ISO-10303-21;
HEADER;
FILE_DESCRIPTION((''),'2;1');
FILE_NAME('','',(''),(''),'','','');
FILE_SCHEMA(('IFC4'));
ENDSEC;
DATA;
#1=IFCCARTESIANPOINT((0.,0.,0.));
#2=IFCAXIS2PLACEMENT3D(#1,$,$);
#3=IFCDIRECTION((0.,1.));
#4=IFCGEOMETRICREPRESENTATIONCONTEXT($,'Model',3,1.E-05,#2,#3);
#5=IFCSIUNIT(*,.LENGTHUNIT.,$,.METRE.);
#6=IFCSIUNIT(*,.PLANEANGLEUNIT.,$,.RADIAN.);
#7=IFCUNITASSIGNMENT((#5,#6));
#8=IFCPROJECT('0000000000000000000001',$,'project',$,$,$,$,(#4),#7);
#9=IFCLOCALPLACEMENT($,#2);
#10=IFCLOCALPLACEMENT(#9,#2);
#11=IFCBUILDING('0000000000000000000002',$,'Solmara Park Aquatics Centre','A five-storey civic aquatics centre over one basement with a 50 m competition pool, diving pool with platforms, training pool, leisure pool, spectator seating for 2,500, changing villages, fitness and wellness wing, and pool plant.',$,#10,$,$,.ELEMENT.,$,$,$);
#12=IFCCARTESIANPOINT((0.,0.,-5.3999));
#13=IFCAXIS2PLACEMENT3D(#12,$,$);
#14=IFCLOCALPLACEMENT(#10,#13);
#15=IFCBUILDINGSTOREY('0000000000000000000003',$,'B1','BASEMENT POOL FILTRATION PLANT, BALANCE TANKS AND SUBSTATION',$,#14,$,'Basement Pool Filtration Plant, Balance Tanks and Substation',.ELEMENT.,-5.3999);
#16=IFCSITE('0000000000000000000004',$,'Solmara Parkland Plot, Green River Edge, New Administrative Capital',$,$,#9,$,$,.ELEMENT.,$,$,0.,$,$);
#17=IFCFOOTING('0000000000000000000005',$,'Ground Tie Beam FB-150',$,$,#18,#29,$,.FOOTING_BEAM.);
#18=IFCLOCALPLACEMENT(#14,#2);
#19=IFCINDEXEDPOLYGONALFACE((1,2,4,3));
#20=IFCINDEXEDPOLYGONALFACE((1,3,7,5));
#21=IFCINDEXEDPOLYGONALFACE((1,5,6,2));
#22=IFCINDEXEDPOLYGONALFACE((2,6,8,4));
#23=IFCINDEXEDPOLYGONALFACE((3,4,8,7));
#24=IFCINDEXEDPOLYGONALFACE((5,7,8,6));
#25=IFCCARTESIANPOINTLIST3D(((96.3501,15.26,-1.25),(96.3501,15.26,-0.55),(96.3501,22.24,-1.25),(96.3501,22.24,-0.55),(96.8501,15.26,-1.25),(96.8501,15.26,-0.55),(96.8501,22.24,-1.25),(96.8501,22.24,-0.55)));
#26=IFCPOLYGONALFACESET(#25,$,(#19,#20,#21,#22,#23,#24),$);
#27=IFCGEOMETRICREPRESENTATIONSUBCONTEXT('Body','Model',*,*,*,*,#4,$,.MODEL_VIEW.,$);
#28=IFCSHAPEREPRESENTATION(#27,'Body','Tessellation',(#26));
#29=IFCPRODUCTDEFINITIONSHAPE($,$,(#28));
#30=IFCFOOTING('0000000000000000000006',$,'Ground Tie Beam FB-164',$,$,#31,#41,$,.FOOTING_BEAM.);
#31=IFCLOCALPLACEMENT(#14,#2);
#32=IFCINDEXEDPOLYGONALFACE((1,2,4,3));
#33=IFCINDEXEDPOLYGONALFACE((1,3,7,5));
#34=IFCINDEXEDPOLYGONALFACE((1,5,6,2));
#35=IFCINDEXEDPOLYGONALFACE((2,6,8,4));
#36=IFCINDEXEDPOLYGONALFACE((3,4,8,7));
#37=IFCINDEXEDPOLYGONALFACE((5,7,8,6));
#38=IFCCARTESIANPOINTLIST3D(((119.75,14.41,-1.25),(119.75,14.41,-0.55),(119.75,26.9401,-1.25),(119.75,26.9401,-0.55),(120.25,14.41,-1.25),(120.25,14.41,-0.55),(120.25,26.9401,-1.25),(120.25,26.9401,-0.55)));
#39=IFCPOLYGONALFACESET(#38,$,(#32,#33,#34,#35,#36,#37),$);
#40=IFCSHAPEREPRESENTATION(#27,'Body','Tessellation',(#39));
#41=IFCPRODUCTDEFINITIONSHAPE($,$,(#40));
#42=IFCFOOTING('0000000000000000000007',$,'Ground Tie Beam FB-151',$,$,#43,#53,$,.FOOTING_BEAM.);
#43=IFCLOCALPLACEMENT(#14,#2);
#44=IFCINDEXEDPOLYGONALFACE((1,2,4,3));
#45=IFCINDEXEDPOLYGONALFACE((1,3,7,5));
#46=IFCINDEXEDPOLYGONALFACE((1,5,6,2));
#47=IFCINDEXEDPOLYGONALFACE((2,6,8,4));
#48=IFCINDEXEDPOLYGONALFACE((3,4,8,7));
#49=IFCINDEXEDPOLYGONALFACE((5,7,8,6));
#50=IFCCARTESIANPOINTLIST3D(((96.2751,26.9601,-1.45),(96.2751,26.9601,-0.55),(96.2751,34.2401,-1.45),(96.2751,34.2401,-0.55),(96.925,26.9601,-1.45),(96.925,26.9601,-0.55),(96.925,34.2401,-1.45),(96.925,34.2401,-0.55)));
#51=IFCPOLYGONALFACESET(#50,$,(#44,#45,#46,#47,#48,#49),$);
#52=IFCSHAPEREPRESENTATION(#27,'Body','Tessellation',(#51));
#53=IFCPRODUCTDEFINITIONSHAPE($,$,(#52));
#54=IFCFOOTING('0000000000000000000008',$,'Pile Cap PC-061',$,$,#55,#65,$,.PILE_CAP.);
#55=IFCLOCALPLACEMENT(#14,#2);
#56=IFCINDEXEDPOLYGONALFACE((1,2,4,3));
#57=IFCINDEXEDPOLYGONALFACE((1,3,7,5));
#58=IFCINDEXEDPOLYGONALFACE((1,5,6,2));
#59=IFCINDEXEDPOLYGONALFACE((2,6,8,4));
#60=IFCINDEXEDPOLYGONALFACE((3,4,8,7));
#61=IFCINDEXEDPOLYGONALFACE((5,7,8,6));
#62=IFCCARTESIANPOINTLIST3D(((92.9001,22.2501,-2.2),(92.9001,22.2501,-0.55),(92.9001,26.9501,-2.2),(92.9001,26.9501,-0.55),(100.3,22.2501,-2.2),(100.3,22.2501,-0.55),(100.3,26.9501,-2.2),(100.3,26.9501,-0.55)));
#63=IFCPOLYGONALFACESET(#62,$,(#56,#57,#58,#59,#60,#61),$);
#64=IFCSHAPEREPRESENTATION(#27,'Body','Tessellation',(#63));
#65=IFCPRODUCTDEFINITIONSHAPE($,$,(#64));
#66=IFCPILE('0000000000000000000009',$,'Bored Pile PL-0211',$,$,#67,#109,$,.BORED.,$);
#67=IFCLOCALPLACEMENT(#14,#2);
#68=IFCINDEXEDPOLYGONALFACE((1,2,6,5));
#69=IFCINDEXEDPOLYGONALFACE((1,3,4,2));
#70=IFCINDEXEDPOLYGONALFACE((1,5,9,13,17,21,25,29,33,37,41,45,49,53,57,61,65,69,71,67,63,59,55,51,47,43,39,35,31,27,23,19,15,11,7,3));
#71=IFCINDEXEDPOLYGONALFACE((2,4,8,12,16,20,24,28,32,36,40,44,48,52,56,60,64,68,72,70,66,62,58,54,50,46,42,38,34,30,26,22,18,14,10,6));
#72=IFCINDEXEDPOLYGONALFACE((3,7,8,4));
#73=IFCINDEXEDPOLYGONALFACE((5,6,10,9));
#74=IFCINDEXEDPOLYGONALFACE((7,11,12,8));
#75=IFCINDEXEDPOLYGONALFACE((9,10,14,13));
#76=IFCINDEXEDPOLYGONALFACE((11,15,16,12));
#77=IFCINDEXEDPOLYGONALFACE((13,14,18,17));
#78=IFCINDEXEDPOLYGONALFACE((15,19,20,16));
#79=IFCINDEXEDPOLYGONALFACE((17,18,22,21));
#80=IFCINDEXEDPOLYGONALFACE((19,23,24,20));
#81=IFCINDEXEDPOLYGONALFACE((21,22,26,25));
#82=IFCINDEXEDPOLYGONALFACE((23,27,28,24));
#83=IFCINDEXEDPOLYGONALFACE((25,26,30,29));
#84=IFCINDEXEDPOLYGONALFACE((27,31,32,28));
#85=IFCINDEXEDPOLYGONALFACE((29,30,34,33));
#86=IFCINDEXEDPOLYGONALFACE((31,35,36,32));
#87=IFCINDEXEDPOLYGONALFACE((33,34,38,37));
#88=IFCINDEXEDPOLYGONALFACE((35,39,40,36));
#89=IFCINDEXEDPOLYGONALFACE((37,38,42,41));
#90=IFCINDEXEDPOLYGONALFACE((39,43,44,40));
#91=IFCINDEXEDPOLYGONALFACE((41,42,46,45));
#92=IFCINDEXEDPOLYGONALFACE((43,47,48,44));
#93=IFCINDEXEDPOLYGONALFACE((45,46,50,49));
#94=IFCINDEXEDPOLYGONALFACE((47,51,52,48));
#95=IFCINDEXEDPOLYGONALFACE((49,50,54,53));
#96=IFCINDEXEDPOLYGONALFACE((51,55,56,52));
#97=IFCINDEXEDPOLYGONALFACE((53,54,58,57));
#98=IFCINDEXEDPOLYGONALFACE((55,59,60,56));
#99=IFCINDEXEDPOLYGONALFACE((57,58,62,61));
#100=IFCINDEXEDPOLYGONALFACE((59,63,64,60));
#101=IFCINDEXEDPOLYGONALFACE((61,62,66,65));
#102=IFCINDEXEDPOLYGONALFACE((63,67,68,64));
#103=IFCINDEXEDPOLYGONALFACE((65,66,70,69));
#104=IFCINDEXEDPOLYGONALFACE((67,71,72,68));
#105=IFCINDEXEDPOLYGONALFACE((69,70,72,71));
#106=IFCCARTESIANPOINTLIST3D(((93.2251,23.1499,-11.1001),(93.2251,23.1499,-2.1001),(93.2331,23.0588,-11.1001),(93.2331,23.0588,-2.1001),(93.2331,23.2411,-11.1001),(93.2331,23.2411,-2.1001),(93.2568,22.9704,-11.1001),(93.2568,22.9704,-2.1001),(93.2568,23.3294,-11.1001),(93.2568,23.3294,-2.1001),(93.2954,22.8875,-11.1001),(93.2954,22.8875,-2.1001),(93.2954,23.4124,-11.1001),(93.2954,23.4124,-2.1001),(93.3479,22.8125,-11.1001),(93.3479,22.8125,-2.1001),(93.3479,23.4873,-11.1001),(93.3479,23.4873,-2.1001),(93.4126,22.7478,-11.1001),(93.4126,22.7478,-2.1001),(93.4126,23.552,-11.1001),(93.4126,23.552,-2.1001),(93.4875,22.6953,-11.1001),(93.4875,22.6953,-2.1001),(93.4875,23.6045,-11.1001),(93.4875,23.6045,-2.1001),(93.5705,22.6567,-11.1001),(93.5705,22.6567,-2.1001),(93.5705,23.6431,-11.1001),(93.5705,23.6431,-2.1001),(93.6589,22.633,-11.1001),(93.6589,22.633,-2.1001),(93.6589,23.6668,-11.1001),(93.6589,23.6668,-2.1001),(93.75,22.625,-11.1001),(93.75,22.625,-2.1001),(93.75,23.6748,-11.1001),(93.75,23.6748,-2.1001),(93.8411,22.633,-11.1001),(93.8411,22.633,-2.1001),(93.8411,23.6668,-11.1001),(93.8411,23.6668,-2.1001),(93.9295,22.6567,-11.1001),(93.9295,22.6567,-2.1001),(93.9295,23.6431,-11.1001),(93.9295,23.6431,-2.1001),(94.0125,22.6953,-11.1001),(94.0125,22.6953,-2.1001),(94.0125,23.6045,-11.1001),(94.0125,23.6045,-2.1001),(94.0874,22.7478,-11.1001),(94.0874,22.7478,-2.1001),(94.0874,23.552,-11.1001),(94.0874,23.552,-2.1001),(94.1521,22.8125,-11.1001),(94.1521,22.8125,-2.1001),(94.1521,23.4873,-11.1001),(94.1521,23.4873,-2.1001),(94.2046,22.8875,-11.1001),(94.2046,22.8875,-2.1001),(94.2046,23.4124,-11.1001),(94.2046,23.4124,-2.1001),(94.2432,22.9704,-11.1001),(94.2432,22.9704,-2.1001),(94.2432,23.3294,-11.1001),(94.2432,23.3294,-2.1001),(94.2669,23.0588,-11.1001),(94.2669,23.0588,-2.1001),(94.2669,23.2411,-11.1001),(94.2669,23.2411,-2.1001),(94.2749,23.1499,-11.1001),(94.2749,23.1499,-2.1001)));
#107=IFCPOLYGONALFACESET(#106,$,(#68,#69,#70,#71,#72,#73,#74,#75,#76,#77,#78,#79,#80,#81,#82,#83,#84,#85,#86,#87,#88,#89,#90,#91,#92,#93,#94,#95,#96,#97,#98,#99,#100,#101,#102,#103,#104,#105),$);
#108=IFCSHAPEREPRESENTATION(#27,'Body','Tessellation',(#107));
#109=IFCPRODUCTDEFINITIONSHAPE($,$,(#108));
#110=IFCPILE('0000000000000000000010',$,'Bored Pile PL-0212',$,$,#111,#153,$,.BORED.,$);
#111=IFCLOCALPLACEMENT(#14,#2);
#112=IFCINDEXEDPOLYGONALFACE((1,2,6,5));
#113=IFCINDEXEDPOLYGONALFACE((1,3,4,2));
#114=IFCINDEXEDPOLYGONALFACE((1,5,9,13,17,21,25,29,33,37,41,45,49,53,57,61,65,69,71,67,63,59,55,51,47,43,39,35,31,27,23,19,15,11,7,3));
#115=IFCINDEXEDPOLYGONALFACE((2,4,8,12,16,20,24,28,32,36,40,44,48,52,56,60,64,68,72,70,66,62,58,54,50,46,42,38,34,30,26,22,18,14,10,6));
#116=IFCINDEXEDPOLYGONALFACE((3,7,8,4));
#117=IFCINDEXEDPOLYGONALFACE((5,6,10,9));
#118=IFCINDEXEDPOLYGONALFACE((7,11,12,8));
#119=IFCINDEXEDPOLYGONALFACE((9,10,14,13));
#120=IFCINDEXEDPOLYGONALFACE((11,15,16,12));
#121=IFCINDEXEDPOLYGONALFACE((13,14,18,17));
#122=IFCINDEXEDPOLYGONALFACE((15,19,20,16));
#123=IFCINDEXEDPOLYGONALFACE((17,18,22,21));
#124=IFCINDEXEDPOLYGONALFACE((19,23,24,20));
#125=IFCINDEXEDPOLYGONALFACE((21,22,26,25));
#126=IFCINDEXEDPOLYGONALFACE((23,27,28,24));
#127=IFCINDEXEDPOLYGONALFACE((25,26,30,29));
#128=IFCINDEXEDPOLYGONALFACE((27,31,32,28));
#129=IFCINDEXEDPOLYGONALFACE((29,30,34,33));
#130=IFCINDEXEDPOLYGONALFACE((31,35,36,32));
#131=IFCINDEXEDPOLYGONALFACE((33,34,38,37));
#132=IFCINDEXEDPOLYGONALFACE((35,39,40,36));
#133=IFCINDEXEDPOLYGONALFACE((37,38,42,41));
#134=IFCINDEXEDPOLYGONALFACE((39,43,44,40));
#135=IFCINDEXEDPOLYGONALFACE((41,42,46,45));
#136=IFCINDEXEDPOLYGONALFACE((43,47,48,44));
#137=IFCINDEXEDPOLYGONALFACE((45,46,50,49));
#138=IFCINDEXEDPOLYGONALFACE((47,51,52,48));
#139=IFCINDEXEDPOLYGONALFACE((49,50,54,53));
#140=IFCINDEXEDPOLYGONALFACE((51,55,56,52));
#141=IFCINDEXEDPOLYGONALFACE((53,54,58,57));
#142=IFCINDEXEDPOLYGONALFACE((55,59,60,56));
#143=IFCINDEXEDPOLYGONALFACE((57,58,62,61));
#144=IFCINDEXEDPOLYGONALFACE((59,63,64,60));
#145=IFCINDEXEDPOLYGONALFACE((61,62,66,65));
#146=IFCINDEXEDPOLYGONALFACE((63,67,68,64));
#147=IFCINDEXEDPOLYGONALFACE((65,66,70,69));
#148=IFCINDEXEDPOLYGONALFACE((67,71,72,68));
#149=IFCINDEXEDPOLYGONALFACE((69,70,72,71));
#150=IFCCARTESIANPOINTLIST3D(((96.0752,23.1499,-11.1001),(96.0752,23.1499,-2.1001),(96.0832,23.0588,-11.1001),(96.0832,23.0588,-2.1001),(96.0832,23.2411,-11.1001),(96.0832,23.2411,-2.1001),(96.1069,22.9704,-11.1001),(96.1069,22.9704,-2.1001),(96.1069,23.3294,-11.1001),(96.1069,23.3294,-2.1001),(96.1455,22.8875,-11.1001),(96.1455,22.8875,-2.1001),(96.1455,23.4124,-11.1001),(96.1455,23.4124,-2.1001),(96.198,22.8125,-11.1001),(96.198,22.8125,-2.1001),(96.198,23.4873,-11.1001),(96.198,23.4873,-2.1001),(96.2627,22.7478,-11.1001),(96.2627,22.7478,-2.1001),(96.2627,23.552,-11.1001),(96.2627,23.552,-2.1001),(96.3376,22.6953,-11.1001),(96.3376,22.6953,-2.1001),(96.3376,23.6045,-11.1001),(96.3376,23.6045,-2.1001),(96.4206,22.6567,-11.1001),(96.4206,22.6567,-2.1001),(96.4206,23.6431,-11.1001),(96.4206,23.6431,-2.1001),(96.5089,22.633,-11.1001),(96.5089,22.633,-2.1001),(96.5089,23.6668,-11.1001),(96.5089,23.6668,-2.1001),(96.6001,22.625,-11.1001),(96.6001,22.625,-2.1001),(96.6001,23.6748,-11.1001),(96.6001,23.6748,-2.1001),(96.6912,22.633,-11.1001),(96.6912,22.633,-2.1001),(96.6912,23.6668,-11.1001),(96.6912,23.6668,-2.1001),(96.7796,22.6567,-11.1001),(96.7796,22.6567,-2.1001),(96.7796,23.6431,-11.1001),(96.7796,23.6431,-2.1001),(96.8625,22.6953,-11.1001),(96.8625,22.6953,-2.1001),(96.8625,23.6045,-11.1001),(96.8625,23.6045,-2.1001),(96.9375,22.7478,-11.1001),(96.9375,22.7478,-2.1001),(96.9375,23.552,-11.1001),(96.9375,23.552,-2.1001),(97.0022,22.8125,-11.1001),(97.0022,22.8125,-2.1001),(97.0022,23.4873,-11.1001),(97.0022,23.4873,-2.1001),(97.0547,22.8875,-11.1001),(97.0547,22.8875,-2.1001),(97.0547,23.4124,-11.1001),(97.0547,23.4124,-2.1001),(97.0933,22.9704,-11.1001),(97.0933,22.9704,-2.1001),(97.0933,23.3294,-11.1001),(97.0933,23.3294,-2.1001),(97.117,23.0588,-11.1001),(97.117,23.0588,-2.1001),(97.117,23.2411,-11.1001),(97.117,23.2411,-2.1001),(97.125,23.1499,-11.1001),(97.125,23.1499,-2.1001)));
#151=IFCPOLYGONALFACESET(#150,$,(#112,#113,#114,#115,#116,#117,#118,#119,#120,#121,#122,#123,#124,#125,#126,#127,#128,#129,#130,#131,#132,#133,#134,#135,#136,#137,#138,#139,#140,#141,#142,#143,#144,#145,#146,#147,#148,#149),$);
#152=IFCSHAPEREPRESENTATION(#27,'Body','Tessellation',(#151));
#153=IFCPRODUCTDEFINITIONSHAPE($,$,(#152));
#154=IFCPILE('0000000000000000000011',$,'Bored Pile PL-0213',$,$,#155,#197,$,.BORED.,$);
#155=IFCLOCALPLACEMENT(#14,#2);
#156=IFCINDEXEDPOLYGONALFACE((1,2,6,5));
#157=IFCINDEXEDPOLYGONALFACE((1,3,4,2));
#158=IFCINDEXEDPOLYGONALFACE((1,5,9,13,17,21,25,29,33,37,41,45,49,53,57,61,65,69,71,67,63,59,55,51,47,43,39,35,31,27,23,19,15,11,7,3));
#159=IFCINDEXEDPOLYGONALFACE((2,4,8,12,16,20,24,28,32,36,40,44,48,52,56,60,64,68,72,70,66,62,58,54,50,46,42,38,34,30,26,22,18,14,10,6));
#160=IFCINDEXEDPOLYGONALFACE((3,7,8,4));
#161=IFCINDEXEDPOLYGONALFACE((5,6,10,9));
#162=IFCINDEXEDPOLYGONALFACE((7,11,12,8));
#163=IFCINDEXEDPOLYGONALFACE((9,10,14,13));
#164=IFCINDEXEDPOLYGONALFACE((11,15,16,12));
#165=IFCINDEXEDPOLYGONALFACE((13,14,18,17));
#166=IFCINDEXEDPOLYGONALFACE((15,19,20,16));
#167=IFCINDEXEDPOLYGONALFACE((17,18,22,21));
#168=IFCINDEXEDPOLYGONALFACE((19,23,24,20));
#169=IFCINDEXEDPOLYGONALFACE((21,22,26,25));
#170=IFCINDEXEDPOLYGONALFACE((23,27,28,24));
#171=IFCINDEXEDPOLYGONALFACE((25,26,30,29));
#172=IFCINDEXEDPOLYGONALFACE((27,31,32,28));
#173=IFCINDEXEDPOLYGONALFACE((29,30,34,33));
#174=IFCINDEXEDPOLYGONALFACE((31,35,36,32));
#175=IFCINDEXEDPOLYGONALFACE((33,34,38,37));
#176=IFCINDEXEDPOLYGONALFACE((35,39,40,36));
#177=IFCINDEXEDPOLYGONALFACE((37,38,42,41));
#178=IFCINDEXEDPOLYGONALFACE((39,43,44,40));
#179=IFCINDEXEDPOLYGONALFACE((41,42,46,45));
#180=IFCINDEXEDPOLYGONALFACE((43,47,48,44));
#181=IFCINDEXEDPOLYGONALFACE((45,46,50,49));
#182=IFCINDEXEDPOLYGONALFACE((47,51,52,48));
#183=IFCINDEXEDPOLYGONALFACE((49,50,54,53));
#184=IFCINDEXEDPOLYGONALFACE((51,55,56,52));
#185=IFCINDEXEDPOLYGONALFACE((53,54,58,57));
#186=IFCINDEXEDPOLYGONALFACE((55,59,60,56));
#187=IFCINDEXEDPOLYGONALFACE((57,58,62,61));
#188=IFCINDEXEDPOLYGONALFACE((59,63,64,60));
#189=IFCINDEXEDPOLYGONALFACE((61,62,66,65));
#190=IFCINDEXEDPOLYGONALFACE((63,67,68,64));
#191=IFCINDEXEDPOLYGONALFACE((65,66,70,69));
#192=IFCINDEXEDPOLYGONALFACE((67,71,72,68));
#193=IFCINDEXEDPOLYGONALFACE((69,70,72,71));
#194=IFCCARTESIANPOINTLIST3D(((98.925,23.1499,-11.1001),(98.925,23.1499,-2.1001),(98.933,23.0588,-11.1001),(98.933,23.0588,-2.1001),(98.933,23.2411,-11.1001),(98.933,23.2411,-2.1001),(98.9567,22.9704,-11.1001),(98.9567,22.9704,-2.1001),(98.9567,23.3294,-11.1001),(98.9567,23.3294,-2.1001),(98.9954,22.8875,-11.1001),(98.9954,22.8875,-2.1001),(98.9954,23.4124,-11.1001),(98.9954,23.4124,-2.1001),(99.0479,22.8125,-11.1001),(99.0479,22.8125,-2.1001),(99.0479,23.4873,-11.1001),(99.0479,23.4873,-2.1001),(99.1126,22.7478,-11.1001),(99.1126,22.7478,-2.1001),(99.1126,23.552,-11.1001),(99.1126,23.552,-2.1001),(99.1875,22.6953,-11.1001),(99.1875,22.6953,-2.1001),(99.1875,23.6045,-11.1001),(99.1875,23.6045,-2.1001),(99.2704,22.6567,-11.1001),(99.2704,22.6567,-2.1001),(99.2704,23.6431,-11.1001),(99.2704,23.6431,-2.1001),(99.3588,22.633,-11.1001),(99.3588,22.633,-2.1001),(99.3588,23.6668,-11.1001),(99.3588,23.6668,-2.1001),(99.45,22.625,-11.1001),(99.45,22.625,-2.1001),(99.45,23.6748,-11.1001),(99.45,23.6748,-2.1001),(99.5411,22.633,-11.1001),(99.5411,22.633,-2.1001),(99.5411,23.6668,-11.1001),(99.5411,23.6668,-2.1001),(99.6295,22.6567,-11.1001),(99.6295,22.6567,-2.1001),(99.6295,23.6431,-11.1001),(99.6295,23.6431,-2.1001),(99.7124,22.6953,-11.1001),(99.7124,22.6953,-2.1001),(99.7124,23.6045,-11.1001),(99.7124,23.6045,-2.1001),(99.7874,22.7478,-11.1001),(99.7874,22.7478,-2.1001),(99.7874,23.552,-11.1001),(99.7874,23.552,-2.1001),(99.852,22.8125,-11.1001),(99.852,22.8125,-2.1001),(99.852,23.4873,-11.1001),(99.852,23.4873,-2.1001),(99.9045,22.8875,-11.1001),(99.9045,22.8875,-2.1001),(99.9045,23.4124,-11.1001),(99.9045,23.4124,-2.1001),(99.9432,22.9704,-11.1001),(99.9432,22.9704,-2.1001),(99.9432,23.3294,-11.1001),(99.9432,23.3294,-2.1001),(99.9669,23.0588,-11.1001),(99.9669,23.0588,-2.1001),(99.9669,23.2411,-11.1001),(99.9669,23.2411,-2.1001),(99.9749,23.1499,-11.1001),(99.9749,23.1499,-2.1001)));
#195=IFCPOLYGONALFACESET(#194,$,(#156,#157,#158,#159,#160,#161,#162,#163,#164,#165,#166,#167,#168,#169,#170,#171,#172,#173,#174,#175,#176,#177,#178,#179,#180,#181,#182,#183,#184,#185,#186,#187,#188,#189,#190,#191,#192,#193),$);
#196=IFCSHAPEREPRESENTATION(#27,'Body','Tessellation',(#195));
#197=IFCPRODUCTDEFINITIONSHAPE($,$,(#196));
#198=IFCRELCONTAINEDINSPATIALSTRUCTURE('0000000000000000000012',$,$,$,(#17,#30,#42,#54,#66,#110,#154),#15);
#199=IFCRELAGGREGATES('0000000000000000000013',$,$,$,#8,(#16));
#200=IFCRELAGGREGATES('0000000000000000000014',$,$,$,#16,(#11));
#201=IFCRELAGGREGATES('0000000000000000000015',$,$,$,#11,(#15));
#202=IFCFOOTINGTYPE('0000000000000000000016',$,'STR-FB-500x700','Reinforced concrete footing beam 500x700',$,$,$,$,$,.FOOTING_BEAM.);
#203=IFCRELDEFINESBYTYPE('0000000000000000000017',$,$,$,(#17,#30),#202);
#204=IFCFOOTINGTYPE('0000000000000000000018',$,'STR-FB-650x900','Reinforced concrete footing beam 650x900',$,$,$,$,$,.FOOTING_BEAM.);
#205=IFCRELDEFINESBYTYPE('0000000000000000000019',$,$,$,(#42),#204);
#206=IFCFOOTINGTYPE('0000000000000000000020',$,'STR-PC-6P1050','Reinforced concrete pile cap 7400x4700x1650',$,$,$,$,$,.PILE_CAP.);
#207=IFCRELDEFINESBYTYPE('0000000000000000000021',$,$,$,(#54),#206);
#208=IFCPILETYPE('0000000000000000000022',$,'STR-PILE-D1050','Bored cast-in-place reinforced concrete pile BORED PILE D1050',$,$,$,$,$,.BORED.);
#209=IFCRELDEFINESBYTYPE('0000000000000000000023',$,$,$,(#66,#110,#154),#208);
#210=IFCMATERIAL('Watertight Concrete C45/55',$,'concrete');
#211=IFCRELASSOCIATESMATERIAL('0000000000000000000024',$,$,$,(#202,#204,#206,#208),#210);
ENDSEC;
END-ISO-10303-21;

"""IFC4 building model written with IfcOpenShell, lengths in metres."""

from ifc_helpers import new_model, si_unit, direction, frame, origin, origin_2d, place, context, subcontext, project, spatial, rectangle, circle, extrude, material, material_profile, profile_set, type_object, element, save


model = new_model("IFC4")

# Units and contexts
model_context = context("Model", 3, precision=1e-05, world=origin(), true_north=direction((0.0, 1.0)))
body_context = subcontext(model_context, "Body", "Model", "MODEL_VIEW")
ifc_project = project(units=[si_unit("LENGTHUNIT", "METRE"), si_unit("PLANEANGLEUNIT", "RADIAN")], contexts=[model_context])

# Site, building, storey
site_placement = place(None, origin())
site = spatial("IfcSite", under=ifc_project, at=site_placement, Name="Solmara Parkland Plot, Green River Edge, New Administrative Capital", CompositionType="ELEMENT", RefElevation=0.0)
building_placement = place(site_placement, origin())
building = spatial("IfcBuilding", under=site, at=building_placement, Name="Solmara Park Aquatics Centre", Description="A five-storey civic aquatics centre over one basement with a 50 m competition pool, diving pool with platforms, training pool, leisure pool, spectator seating for 2,500, changing villages, fitness and wellness wing, and pool plant.", CompositionType="ELEMENT")
storey_placement = place(building_placement, frame((0.0, 0.0, -5.3999)))
storey = spatial("IfcBuildingStorey", under=building, at=storey_placement, Name="B1", Description="BASEMENT POOL FILTRATION PLANT, BALANCE TANKS AND SUBSTATION", LongName="Basement Pool Filtration Plant, Balance Tanks and Substation", CompositionType="ELEMENT", Elevation=-5.3999)

# Footings
ifc_material_1 = material(Name="Watertight Concrete C45/55", Category="concrete")
footing_type_1 = type_object("IfcFootingType", Name="STR-FB-500x700", Description="Reinforced concrete footing beam 500x700", PredefinedType="FOOTING_BEAM", material=ifc_material_1)
footing_1_placement = place(storey_placement, frame((96.6001, 18.75, -1.25), z_axis=(0.0, 0.0, 1.0), x_axis=(1.0, 0.0, 0.0)))
element("IfcFooting", 1, at=footing_1_placement, inside=storey, type_object=footing_type_1, Name="Ground Tie Beam FB-150", PredefinedType="FOOTING_BEAM", context=body_context, shape_type="SweptSolid", body=[
    extrude(rectangle(XDim=0.5, YDim=6.98, at=origin_2d()), origin(), (0.0, 0.0, 1.0), 0.7),
])
footing_2_placement = place(storey_placement, frame((120.0, 20.675, -1.25), z_axis=(0.0, 0.0, 1.0), x_axis=(1.0, 0.0, 0.0)))
element("IfcFooting", 2, at=footing_2_placement, inside=storey, type_object=footing_type_1, Name="Ground Tie Beam FB-164", PredefinedType="FOOTING_BEAM", context=body_context, shape_type="SweptSolid", body=[
    extrude(rectangle(XDim=0.5, YDim=12.53, at=origin_2d()), origin(), (0.0, 0.0, 1.0), 0.7),
])
footing_type_2 = type_object("IfcFootingType", Name="STR-FB-650x900", Description="Reinforced concrete footing beam 650x900", PredefinedType="FOOTING_BEAM", material=ifc_material_1)
footing_3_placement = place(storey_placement, frame((96.6001, 30.6001, -1.45), z_axis=(0.0, 0.0, 1.0), x_axis=(1.0, 0.0, 0.0)))
element("IfcFooting", 3, at=footing_3_placement, inside=storey, type_object=footing_type_2, Name="Ground Tie Beam FB-151", PredefinedType="FOOTING_BEAM", context=body_context, shape_type="SweptSolid", body=[
    extrude(rectangle(XDim=0.6499, YDim=7.28, at=origin_2d()), origin(), (0.0, 0.0, 1.0), 0.8999),
])
footing_type_3 = type_object("IfcFootingType", Name="STR-PC-6P1050", Description="Reinforced concrete pile cap 7400x4700x1650", PredefinedType="PILE_CAP", material=ifc_material_1)
footing_4_placement = place(storey_placement, frame((96.6001, 24.6001, -2.2), z_axis=(0.0, 0.0, 1.0), x_axis=(1.0, 0.0, 0.0)))
element("IfcFooting", 4, at=footing_4_placement, inside=storey, type_object=footing_type_3, Name="Pile Cap PC-061", PredefinedType="PILE_CAP", context=body_context, shape_type="SweptSolid", body=[
    extrude(rectangle(XDim=7.3999, YDim=4.7, at=origin_2d()), origin(), (0.0, 0.0, 1.0), 1.6499),
])

# Piles
ifc_material_profile_1 = material_profile(ifc_material_1, circle(Radius=0.5249, at=origin_2d()), Name="BORED PILE D1050")
ifc_profile_set_1 = profile_set([ifc_material_profile_1], Name="Watertight Concrete C45/55")
pile_type_1 = type_object("IfcPileType", Name="STR-PILE-D1050", Description="Bored cast-in-place reinforced concrete pile BORED PILE D1050", PredefinedType="BORED", material=ifc_profile_set_1)
for number, where, z_axis, x_axis, name in (
    (5, (93.75, 23.1499, -2.1001), (0.0, 0.0, -1.0), (1.0, 0.0, 0.0), "Bored Pile PL-0211"),
    (6, (96.6001, 23.1499, -2.1001), (0.0, 0.0, -1.0), (1.0, 0.0, 0.0), "Bored Pile PL-0212"),
    (7, (99.45, 23.1499, -2.1001), (0.0, 0.0, -1.0), (1.0, 0.0, 0.0), "Bored Pile PL-0213"),
):
    element("IfcPile", number, at=place(storey_placement, frame(where, z_axis=z_axis, x_axis=x_axis)), inside=storey, type_object=pile_type_1, Name=name, PredefinedType="BORED", context=body_context, shape_type="SweptSolid", body=[
        extrude(circle(Radius=0.5249, at=origin_2d()), origin(), (0.0, 0.0, 1.0), 9.0),
    ])

save(model, "model.ifc")
